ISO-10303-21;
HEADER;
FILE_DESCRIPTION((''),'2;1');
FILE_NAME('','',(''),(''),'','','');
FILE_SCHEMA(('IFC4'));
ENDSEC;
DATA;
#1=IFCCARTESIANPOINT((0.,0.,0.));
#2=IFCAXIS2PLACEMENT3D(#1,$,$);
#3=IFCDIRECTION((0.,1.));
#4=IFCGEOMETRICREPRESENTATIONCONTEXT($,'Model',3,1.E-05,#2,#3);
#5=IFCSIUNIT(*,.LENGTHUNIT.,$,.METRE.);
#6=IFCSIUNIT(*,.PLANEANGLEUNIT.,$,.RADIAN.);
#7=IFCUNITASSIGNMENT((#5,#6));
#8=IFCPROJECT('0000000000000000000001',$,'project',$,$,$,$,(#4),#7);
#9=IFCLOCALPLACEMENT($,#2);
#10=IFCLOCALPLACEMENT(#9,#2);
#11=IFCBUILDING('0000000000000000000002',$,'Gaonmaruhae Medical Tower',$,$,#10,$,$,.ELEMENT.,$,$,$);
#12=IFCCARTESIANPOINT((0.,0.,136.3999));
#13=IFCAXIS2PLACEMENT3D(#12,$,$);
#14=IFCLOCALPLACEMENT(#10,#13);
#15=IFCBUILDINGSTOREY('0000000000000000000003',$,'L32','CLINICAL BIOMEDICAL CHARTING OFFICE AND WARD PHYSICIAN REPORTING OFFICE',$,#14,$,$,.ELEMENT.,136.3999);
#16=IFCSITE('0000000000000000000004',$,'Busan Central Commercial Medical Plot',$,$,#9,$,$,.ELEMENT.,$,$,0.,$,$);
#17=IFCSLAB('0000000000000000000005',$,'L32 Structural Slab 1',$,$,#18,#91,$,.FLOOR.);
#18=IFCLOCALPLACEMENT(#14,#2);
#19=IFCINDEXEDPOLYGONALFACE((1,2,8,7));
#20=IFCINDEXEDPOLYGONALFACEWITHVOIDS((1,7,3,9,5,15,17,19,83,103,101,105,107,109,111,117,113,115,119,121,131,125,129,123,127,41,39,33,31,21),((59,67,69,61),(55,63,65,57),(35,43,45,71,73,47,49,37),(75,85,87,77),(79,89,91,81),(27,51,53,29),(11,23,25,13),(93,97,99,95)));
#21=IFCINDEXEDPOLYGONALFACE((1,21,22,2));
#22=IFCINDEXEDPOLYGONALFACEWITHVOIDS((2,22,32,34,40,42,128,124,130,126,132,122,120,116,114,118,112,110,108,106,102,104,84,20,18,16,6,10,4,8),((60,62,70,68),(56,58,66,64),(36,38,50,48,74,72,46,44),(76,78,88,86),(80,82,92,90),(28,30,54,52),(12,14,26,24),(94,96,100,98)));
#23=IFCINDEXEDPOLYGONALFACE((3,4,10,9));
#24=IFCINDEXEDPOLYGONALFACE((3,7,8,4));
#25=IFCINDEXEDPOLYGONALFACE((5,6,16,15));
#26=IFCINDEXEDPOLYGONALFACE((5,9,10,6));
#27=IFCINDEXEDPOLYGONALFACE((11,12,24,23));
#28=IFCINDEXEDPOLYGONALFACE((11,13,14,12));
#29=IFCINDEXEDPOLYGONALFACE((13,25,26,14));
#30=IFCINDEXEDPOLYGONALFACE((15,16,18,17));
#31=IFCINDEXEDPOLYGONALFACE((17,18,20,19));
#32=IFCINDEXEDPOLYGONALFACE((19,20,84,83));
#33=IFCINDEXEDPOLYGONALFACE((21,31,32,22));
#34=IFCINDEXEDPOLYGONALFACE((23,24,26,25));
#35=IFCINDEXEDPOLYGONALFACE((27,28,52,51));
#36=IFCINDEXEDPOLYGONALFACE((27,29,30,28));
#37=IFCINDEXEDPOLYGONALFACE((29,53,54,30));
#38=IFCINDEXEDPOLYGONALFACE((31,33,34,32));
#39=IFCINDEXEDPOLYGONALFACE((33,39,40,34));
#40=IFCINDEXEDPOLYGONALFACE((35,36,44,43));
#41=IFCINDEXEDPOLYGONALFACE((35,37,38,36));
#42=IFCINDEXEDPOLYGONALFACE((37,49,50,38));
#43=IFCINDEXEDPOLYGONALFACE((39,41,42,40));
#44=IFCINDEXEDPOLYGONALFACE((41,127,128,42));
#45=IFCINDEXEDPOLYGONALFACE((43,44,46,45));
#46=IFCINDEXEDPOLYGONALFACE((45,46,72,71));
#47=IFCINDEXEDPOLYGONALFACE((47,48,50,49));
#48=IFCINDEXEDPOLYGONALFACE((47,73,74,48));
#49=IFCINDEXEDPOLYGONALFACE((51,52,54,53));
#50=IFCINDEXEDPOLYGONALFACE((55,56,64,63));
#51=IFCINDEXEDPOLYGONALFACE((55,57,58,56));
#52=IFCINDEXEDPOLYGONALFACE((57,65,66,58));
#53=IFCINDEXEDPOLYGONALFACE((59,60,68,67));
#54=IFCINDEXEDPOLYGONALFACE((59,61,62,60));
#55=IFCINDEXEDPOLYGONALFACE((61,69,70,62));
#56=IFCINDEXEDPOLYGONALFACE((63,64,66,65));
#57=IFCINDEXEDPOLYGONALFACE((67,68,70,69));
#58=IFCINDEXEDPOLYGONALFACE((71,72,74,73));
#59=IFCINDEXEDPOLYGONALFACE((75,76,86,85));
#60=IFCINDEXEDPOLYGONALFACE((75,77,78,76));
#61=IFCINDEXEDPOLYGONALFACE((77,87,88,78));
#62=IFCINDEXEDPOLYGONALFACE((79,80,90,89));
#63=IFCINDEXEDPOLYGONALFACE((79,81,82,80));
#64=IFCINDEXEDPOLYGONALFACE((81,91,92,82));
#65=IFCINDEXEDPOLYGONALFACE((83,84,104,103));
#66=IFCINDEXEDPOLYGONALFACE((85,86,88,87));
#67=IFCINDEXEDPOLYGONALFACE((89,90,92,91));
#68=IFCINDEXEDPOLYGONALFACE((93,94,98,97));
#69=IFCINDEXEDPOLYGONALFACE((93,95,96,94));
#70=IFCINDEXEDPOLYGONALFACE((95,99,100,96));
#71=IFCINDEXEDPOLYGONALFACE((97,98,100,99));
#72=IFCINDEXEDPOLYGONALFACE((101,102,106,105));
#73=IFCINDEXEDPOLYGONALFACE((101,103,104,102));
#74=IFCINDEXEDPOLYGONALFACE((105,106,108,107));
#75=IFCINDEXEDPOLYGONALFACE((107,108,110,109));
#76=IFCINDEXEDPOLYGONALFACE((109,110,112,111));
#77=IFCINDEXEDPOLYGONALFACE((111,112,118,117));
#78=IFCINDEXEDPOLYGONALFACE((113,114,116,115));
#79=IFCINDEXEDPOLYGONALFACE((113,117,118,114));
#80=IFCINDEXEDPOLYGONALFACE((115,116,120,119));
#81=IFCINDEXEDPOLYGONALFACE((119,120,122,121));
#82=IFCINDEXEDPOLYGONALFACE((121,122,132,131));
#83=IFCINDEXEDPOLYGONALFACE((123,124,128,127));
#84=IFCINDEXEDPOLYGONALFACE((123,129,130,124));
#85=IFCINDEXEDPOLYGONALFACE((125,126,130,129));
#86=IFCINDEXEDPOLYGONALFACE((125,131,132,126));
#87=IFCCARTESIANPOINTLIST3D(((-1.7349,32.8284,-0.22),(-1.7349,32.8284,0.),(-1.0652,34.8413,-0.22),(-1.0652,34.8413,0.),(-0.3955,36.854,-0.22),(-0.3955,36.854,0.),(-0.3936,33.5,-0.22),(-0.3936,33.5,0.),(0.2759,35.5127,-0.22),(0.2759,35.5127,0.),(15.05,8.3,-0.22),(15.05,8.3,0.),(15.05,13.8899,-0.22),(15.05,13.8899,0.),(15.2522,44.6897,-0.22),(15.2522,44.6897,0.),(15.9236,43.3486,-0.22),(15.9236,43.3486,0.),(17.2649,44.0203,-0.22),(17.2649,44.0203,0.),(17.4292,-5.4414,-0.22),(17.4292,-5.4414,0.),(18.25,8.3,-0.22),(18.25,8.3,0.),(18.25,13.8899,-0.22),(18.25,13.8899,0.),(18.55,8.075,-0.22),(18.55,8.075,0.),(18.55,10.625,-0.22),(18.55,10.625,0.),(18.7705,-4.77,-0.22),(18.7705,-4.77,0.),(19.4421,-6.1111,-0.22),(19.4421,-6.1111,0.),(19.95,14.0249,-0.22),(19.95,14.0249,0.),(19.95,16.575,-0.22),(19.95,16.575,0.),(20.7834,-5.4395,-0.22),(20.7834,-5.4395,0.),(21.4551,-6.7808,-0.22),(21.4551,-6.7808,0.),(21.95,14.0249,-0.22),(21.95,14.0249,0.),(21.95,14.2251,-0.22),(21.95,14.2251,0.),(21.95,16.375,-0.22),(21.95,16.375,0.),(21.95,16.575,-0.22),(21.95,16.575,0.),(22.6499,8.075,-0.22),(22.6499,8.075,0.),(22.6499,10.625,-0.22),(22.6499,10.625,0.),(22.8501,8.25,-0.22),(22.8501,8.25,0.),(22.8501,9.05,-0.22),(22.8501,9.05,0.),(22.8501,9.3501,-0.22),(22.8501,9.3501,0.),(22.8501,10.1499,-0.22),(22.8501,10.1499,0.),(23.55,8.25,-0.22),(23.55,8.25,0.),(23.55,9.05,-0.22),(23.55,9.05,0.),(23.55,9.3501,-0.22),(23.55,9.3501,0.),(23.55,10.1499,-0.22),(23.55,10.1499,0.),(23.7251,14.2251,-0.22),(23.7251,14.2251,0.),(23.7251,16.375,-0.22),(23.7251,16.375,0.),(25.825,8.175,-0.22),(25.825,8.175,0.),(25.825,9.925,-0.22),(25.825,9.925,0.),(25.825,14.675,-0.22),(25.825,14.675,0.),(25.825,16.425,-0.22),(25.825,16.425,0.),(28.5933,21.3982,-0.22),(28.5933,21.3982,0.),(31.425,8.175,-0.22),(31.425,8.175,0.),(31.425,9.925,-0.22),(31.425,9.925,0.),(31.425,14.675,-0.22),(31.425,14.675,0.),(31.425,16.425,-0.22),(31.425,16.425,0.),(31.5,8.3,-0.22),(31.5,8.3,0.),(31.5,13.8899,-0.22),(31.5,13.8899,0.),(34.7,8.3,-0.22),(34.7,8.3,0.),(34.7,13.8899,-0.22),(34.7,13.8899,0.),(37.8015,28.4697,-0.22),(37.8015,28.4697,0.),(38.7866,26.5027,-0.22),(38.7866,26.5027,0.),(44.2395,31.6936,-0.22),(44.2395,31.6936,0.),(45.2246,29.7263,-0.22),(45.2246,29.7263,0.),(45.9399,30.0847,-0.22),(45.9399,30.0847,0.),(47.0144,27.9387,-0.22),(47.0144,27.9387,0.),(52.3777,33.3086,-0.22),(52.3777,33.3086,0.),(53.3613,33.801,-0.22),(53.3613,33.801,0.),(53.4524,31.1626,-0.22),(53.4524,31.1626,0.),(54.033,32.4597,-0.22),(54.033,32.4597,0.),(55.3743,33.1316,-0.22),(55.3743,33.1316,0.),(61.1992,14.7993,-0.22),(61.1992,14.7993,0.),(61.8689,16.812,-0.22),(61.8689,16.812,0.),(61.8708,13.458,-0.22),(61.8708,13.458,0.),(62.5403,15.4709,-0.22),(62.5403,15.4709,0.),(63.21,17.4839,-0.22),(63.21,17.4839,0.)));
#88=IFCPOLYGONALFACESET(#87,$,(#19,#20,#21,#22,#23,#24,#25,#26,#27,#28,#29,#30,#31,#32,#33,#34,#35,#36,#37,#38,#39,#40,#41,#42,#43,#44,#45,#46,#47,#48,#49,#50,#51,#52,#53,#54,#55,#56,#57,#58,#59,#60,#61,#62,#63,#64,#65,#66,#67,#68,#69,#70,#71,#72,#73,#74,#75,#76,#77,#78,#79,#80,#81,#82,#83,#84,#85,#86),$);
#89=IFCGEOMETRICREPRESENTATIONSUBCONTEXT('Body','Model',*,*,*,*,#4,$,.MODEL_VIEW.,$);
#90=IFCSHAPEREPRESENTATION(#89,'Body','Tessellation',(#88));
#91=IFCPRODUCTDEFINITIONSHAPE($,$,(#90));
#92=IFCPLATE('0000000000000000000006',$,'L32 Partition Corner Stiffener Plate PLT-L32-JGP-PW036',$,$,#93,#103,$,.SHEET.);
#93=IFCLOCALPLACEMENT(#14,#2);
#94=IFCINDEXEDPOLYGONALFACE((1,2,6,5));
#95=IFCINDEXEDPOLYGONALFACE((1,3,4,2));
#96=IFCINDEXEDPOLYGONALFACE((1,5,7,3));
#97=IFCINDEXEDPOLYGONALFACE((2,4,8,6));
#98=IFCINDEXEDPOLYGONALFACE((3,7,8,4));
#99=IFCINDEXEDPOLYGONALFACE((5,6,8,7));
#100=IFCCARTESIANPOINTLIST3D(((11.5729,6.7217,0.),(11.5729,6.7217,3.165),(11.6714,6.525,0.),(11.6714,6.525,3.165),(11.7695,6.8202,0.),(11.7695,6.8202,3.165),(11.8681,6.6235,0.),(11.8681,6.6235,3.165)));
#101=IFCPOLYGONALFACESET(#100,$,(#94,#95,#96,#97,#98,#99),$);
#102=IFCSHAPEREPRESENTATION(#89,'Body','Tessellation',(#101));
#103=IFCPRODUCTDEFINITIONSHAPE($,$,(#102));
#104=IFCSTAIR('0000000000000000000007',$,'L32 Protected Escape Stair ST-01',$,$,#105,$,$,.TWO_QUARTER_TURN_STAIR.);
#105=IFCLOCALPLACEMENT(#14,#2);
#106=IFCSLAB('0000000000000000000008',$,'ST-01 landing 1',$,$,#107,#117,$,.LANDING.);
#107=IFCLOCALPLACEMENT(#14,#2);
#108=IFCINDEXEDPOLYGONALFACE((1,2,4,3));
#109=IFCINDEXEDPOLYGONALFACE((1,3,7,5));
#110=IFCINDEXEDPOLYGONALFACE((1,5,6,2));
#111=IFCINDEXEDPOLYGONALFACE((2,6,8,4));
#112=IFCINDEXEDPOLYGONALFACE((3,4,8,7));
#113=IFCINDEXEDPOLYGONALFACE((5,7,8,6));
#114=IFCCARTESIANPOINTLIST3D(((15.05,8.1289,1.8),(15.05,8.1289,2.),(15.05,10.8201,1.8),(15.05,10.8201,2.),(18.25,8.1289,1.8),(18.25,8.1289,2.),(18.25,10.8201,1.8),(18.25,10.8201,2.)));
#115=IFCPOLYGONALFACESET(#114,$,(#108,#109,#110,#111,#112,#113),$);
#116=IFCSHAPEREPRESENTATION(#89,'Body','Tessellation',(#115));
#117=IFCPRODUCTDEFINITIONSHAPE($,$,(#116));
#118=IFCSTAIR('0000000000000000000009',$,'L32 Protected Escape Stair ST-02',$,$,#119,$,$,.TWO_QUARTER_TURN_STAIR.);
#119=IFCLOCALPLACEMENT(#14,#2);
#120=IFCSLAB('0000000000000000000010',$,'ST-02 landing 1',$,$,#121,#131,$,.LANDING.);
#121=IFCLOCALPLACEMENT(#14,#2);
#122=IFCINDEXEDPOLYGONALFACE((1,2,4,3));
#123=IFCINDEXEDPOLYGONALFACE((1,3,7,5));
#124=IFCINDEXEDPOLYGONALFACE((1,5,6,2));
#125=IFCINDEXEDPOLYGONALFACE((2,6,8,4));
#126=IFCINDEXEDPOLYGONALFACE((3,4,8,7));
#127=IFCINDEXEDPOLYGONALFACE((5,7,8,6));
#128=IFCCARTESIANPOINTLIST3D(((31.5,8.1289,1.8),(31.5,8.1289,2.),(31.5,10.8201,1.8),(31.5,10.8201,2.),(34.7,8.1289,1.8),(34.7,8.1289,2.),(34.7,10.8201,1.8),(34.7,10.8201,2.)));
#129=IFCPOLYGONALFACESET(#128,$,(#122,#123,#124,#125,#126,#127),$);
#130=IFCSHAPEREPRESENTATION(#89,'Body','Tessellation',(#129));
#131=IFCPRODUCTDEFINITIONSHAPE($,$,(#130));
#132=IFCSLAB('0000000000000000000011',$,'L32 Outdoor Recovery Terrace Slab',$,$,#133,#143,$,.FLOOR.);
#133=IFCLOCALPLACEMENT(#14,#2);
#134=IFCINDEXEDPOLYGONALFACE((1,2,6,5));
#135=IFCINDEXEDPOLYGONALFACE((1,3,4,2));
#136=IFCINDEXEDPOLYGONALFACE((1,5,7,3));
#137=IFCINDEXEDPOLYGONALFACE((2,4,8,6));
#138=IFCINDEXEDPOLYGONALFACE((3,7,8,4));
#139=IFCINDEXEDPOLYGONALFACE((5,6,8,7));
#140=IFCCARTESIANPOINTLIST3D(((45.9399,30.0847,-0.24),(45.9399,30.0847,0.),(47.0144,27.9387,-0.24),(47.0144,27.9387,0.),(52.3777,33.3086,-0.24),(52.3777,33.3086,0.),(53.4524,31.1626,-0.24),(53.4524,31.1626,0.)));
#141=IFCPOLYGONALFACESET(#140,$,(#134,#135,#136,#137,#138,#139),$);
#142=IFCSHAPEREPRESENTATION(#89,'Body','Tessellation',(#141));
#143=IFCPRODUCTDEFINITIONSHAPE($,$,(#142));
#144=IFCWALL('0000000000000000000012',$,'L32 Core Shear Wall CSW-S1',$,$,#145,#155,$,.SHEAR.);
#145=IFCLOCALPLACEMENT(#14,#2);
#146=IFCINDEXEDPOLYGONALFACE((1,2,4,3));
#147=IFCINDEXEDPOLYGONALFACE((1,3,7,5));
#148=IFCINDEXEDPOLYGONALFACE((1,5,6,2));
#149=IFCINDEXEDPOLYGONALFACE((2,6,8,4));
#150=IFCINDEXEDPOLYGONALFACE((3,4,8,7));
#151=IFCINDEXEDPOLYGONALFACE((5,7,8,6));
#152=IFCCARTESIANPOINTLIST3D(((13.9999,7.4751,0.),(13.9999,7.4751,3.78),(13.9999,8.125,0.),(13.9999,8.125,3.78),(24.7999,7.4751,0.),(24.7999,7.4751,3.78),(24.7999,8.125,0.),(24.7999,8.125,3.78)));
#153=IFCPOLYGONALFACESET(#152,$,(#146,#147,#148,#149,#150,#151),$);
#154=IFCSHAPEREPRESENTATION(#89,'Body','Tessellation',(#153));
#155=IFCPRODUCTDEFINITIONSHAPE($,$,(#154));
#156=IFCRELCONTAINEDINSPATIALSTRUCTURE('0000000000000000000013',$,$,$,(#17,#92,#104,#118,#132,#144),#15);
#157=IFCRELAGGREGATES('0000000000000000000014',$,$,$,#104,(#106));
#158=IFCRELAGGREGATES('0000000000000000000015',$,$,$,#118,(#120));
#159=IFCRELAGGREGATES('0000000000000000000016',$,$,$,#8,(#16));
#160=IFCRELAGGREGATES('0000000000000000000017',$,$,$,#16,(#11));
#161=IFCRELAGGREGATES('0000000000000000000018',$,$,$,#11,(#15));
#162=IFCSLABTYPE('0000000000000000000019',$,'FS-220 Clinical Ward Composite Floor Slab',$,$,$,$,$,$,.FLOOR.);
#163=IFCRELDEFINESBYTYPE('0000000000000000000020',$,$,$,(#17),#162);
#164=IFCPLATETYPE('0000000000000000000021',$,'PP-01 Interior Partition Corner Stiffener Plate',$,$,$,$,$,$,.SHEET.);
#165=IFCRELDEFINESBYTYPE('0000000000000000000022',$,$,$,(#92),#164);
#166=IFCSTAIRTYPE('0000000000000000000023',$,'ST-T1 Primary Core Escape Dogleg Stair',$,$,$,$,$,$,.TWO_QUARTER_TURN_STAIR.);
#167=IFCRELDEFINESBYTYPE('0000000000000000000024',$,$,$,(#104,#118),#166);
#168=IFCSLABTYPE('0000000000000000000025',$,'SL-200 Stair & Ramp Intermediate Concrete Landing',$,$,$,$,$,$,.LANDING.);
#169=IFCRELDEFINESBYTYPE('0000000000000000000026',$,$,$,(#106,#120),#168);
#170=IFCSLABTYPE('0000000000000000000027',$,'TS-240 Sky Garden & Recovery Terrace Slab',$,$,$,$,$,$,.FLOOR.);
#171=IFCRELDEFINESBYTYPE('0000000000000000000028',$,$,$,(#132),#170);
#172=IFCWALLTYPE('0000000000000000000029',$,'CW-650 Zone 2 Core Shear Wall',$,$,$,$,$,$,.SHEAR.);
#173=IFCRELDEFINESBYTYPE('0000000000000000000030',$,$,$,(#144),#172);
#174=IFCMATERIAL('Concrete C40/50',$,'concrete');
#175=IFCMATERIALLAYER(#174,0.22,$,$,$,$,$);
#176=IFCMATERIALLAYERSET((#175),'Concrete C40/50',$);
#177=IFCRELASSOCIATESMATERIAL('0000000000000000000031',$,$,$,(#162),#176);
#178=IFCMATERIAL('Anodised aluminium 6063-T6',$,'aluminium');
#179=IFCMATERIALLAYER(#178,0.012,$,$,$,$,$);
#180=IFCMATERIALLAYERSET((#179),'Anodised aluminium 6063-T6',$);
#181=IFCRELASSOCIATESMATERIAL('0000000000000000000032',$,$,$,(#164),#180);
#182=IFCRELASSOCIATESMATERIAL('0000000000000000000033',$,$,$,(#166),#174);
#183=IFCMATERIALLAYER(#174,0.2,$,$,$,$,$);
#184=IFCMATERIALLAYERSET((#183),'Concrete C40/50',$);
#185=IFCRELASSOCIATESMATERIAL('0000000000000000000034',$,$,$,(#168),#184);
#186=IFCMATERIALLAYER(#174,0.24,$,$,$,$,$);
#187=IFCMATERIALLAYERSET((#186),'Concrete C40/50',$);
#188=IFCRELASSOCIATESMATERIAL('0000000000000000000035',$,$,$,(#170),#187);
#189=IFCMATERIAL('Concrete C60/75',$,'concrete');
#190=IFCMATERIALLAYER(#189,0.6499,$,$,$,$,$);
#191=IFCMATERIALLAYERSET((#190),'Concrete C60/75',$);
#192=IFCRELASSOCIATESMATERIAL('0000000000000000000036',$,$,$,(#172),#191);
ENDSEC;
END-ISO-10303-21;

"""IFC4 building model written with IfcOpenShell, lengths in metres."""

from ifc_helpers import new_model, si_unit, direction, frame, frame_2d, origin, origin_2d, place, context, subcontext, project, spatial, polyline, rectangle, outline, extrude, material, layer, layer_set, type_object, element, aggregate, save


model = new_model("IFC4")

# Units and contexts
model_context = context("Model", 3, precision=1e-05, world=origin(), true_north=direction((0.0, 1.0)))
body_context = subcontext(model_context, "Body", "Model", "MODEL_VIEW")
ifc_project = project(units=[si_unit("LENGTHUNIT", "METRE"), si_unit("PLANEANGLEUNIT", "RADIAN")], contexts=[model_context])

# Site, building, storey
site_placement = place(None, origin())
site = spatial("IfcSite", under=ifc_project, at=site_placement, Name="Busan Central Commercial Medical Plot", CompositionType="ELEMENT", RefElevation=0.0)
building_placement = place(site_placement, origin())
building = spatial("IfcBuilding", under=site, at=building_placement, Name="Gaonmaruhae Medical Tower", CompositionType="ELEMENT")
storey_placement = place(building_placement, frame((0.0, 0.0, 136.3999)))
storey = spatial("IfcBuildingStorey", under=building, at=storey_placement, Name="L32", Description="CLINICAL BIOMEDICAL CHARTING OFFICE AND WARD PHYSICIAN REPORTING OFFICE", CompositionType="ELEMENT", Elevation=136.3999)

# Shared definitions
ifc_material_1 = material(Name="Concrete C60/75", Category="concrete")

# Slab
ifc_material_2 = material(Name="Concrete C40/50", Category="concrete")
ifc_layer_1 = layer(ifc_material_2, 0.22)
ifc_layer_set_1 = layer_set([ifc_layer_1], Name="Concrete C40/50")
slab_type_1 = type_object("IfcSlabType", Name="FS-220 Clinical Ward Composite Floor Slab", PredefinedType="FLOOR", material=ifc_layer_set_1)
slab_1_placement = place(storey_placement, frame((0.0, 0.0, -0.22)))
element("IfcSlab", 1, at=slab_1_placement, inside=storey, type_object=slab_type_1, Name="L32 Structural Slab 1", PredefinedType="FLOOR", context=body_context, shape_type="SweptSolid", body=[
    extrude(outline(polyline([(54.033, 32.4597), (55.3743, 33.1316), (63.21, 17.4839), (61.8689, 16.812), (62.5403, 15.4709), (61.1992, 14.7993), (61.8708, 13.458), (21.4551, -6.7808), (20.7834, -5.4395), (19.4421, -6.1111), (18.7705, -4.77), (17.4292, -5.4414), (-1.7349, 32.8284), (-0.3936, 33.5), (-1.0652, 34.8413), (0.2759, 35.5127), (-0.3955, 36.854), (15.2522, 44.6897), (15.9236, 43.3486), (17.2649, 44.0203), (28.5933, 21.3982), (38.7866, 26.5027), (37.8015, 28.4697), (44.2395, 31.6936), (45.2246, 29.7263), (45.9399, 30.0847), (47.0144, 27.9387), (53.4524, 31.1626), (52.3777, 33.3086), (53.3613, 33.801), (54.033, 32.4597)]), holes=[polyline([(23.55, 8.25), (22.8501, 8.25), (22.8501, 9.05), (23.55, 9.05), (23.55, 8.25)]), polyline([(25.825, 9.925), (31.425, 9.925), (31.425, 8.175), (25.825, 8.175), (25.825, 9.925)]), polyline([(22.6499, 10.625), (22.6499, 8.075), (18.55, 8.075), (18.55, 10.625), (22.6499, 10.625)]), polyline([(23.55, 9.3501), (22.8501, 9.3501), (22.8501, 10.1499), (23.55, 10.1499), (23.55, 9.3501)]), polyline([(15.05, 13.8899), (18.25, 13.8899), (18.25, 8.3), (15.05, 8.3), (15.05, 13.8899)]), polyline([(31.5, 13.8899), (34.7, 13.8899), (34.7, 8.3), (31.5, 8.3), (31.5, 13.8899)]), polyline([(21.95, 14.2251), (21.95, 14.0249), (19.95, 14.0249), (19.95, 16.575), (21.95, 16.575), (21.95, 16.375), (23.7251, 16.375), (23.7251, 14.2251), (21.95, 14.2251)]), polyline([(25.825, 16.425), (31.425, 16.425), (31.425, 14.675), (25.825, 14.675), (25.825, 16.425)])]), origin(), (0.0, 0.0, 1.0), 0.22),
])

# Plate
ifc_material_3 = material(Name="Anodised aluminium 6063-T6", Category="aluminium")
ifc_layer_2 = layer(ifc_material_3, 0.012)
ifc_layer_set_2 = layer_set([ifc_layer_2], Name="Anodised aluminium 6063-T6")
plate_type = type_object("IfcPlateType", Name="PP-01 Interior Partition Corner Stiffener Plate", PredefinedType="SHEET", material=ifc_layer_set_2)
plate_placement = place(storey_placement, frame((11.7205, 6.6726, 0.0), z_axis=(0.0, 0.0, 1.0), x_axis=(-0.447931, 0.894068, 0.0)))
element("IfcPlate", 2, at=plate_placement, inside=storey, type_object=plate_type, Name="L32 Partition Corner Stiffener Plate PLT-L32-JGP-PW036", PredefinedType="SHEET", context=body_context, shape_type="SweptSolid", body=[
    extrude(rectangle(XDim=0.22, YDim=0.22, at=origin_2d()), origin(), (0.0, 0.0, 1.0), 3.165),
])

# Stairs, slabs
stair_type = type_object("IfcStairType", Name="ST-T1 Primary Core Escape Dogleg Stair", PredefinedType="TWO_QUARTER_TURN_STAIR", material=ifc_material_2)
stair_1_placement = place(storey_placement, origin())
stair_1 = element("IfcStair", 3, at=stair_1_placement, inside=storey, type_object=stair_type, Name="L32 Protected Escape Stair ST-01", PredefinedType="TWO_QUARTER_TURN_STAIR")
ifc_layer_3 = layer(ifc_material_2, 0.2)
ifc_layer_set_3 = layer_set([ifc_layer_3], Name="Concrete C40/50")
slab_type_2 = type_object("IfcSlabType", Name="SL-200 Stair & Ramp Intermediate Concrete Landing", PredefinedType="LANDING", material=ifc_layer_set_3)
slab_2_placement = place(storey_placement, frame((0.0, 0.0, 1.8)))
slab_2 = element("IfcSlab", 4, at=slab_2_placement, type_object=slab_type_2, Name="ST-01 landing 1", PredefinedType="LANDING", context=body_context, shape_type="SweptSolid", body=[
    extrude(outline(polyline([(15.05, 10.8201), (15.05, 8.1289), (18.25, 8.1289), (18.25, 10.8201), (15.05, 10.8201)])), origin(), (0.0, 0.0, 1.0), 0.2),
])
aggregate(stair_1, [slab_2])
stair_2_placement = place(storey_placement, origin())
stair_2 = element("IfcStair", 5, at=stair_2_placement, inside=storey, type_object=stair_type, Name="L32 Protected Escape Stair ST-02", PredefinedType="TWO_QUARTER_TURN_STAIR")
slab_3_placement = place(storey_placement, frame((0.0, 0.0, 1.8)))
slab_3 = element("IfcSlab", 6, at=slab_3_placement, type_object=slab_type_2, Name="ST-02 landing 1", PredefinedType="LANDING", context=body_context, shape_type="SweptSolid", body=[
    extrude(outline(polyline([(31.5, 10.8201), (31.5, 8.1289), (34.7, 8.1289), (34.7, 10.8201), (31.5, 10.8201)])), origin(), (0.0, 0.0, 1.0), 0.2),
])
aggregate(stair_2, [slab_3])

# Slab
ifc_layer_4 = layer(ifc_material_2, 0.24)
ifc_layer_set_4 = layer_set([ifc_layer_4], Name="Concrete C40/50")
slab_type_3 = type_object("IfcSlabType", Name="TS-240 Sky Garden & Recovery Terrace Slab", PredefinedType="FLOOR", material=ifc_layer_set_4)
slab_4_placement = place(storey_placement, frame((0.0, 0.0, -0.24)))
element("IfcSlab", 7, at=slab_4_placement, inside=storey, type_object=slab_type_3, Name="L32 Outdoor Recovery Terrace Slab", PredefinedType="FLOOR", context=body_context, shape_type="SweptSolid", body=[
    extrude(outline(polyline([(47.0144, 27.9387), (53.4524, 31.1626), (52.3777, 33.3086), (45.9399, 30.0847), (47.0144, 27.9387)])), origin(), (0.0, 0.0, 1.0), 0.24),
])

# Wall
ifc_layer_5 = layer(ifc_material_1, 0.6499)
ifc_layer_set_5 = layer_set([ifc_layer_5], Name="Concrete C60/75")
wall_type_1 = type_object("IfcWallType", Name="CW-650 Zone 2 Core Shear Wall", PredefinedType="SHEAR", material=ifc_layer_set_5)
wall_1_placement = place(storey_placement, frame((14.0, 7.8, 0.0), z_axis=(0.0, 0.0, 1.0), x_axis=(1.0, 0.0, 0.0)))
element("IfcWall", 8, at=wall_1_placement, inside=storey, type_object=wall_type_1, Name="L32 Core Shear Wall CSW-S1", PredefinedType="SHEAR", context=body_context, shape_type="SweptSolid", body=[
    extrude(rectangle(XDim=10.8, YDim=0.6499, at=frame_2d((5.3999, 0.0))), origin(), (0.0, 0.0, 1.0), 3.78),
])

save(model, "model.ifc")
